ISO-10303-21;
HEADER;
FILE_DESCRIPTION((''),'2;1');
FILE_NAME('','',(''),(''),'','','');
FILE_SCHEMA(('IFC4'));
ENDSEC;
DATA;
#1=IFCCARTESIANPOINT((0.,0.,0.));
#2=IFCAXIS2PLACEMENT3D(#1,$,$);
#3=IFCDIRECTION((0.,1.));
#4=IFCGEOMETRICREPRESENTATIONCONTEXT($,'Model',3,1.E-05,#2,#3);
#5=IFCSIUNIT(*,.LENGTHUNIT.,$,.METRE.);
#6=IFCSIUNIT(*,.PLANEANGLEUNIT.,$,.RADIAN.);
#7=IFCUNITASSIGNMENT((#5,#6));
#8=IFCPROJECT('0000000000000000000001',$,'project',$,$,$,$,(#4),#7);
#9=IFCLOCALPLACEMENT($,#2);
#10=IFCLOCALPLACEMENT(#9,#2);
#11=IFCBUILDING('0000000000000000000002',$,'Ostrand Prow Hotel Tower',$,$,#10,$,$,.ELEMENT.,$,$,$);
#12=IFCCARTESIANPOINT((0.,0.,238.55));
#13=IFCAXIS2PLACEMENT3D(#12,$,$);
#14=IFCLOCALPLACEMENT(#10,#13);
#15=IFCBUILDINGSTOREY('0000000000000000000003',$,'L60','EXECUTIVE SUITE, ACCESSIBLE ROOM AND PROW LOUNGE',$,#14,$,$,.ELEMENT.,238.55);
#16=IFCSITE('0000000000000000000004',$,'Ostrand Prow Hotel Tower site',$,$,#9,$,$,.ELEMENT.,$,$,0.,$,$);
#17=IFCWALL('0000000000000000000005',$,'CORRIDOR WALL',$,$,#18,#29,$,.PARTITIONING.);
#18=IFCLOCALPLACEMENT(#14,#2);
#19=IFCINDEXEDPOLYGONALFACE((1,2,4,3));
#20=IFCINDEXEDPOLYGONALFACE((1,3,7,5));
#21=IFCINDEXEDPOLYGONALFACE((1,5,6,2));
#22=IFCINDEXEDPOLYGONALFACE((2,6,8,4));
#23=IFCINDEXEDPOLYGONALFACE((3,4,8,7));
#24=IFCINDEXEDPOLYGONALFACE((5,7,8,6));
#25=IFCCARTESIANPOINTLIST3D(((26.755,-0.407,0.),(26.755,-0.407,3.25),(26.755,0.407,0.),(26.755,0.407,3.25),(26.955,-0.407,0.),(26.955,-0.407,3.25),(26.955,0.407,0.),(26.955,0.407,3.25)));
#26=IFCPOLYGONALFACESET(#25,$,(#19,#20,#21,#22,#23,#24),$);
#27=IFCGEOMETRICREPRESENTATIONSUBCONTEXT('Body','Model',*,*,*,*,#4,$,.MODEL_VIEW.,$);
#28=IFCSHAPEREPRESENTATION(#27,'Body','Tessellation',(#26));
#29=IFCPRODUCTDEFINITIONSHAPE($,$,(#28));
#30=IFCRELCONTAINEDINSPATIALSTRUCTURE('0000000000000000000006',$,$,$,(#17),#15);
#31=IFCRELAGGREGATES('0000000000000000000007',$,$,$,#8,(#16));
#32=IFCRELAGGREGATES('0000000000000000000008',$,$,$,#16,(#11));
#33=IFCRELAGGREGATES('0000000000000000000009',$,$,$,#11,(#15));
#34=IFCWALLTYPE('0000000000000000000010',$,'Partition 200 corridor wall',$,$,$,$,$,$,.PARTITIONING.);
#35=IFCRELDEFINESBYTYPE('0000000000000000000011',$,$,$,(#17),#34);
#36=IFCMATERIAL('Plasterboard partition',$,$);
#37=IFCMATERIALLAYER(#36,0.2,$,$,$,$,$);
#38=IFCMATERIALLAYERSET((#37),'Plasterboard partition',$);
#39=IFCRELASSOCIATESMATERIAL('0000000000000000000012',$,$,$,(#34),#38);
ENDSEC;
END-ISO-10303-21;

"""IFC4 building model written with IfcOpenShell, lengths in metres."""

from ifc_helpers import new_model, si_unit, direction, frame, frame_2d, origin, place, context, subcontext, project, spatial, rectangle, extrude, material, layer, layer_set, type_object, element, save


model = new_model("IFC4")

# Units and contexts
model_context = context("Model", 3, precision=1e-05, world=origin(), true_north=direction((0.0, 1.0)))
body_context = subcontext(model_context, "Body", "Model", "MODEL_VIEW")
ifc_project = project(units=[si_unit("LENGTHUNIT", "METRE"), si_unit("PLANEANGLEUNIT", "RADIAN")], contexts=[model_context])

# Site, building, storey
site_placement = place(None, origin())
site = spatial("IfcSite", under=ifc_project, at=site_placement, Name="Ostrand Prow Hotel Tower site", CompositionType="ELEMENT", RefElevation=0.0)
building_placement = place(site_placement, origin())
building = spatial("IfcBuilding", under=site, at=building_placement, Name="Ostrand Prow Hotel Tower", CompositionType="ELEMENT")
storey_placement = place(building_placement, frame((0.0, 0.0, 238.55)))
storey = spatial("IfcBuildingStorey", under=building, at=storey_placement, Name="L60", Description="EXECUTIVE SUITE, ACCESSIBLE ROOM AND PROW LOUNGE", CompositionType="ELEMENT", Elevation=238.55)

# Shared definitions
ifc_material_1 = material(Name="Plasterboard partition")
ifc_layer_1 = layer(ifc_material_1, 0.2)
ifc_layer_set_1 = layer_set([ifc_layer_1], Name="Plasterboard partition")
wall_type_1 = type_object("IfcWallType", Name="Partition 200 corridor wall", PredefinedType="PARTITIONING", material=ifc_layer_set_1)

# Wall
wall_1_placement = place(storey_placement, frame((26.855, -0.407, 0.0), z_axis=(0.0, 0.0, 1.0), x_axis=(0.0, 1.0, 0.0)))
element("IfcWall", 1, at=wall_1_placement, inside=storey, type_object=wall_type_1, Name="CORRIDOR WALL", PredefinedType="PARTITIONING", context=body_context, shape_type="SweptSolid", body=[
    extrude(rectangle(XDim=0.814, YDim=0.2, at=frame_2d((0.407, 0.0))), origin(), (0.0, 0.0, 1.0), 3.25),
])

save(model, "model.ifc")
